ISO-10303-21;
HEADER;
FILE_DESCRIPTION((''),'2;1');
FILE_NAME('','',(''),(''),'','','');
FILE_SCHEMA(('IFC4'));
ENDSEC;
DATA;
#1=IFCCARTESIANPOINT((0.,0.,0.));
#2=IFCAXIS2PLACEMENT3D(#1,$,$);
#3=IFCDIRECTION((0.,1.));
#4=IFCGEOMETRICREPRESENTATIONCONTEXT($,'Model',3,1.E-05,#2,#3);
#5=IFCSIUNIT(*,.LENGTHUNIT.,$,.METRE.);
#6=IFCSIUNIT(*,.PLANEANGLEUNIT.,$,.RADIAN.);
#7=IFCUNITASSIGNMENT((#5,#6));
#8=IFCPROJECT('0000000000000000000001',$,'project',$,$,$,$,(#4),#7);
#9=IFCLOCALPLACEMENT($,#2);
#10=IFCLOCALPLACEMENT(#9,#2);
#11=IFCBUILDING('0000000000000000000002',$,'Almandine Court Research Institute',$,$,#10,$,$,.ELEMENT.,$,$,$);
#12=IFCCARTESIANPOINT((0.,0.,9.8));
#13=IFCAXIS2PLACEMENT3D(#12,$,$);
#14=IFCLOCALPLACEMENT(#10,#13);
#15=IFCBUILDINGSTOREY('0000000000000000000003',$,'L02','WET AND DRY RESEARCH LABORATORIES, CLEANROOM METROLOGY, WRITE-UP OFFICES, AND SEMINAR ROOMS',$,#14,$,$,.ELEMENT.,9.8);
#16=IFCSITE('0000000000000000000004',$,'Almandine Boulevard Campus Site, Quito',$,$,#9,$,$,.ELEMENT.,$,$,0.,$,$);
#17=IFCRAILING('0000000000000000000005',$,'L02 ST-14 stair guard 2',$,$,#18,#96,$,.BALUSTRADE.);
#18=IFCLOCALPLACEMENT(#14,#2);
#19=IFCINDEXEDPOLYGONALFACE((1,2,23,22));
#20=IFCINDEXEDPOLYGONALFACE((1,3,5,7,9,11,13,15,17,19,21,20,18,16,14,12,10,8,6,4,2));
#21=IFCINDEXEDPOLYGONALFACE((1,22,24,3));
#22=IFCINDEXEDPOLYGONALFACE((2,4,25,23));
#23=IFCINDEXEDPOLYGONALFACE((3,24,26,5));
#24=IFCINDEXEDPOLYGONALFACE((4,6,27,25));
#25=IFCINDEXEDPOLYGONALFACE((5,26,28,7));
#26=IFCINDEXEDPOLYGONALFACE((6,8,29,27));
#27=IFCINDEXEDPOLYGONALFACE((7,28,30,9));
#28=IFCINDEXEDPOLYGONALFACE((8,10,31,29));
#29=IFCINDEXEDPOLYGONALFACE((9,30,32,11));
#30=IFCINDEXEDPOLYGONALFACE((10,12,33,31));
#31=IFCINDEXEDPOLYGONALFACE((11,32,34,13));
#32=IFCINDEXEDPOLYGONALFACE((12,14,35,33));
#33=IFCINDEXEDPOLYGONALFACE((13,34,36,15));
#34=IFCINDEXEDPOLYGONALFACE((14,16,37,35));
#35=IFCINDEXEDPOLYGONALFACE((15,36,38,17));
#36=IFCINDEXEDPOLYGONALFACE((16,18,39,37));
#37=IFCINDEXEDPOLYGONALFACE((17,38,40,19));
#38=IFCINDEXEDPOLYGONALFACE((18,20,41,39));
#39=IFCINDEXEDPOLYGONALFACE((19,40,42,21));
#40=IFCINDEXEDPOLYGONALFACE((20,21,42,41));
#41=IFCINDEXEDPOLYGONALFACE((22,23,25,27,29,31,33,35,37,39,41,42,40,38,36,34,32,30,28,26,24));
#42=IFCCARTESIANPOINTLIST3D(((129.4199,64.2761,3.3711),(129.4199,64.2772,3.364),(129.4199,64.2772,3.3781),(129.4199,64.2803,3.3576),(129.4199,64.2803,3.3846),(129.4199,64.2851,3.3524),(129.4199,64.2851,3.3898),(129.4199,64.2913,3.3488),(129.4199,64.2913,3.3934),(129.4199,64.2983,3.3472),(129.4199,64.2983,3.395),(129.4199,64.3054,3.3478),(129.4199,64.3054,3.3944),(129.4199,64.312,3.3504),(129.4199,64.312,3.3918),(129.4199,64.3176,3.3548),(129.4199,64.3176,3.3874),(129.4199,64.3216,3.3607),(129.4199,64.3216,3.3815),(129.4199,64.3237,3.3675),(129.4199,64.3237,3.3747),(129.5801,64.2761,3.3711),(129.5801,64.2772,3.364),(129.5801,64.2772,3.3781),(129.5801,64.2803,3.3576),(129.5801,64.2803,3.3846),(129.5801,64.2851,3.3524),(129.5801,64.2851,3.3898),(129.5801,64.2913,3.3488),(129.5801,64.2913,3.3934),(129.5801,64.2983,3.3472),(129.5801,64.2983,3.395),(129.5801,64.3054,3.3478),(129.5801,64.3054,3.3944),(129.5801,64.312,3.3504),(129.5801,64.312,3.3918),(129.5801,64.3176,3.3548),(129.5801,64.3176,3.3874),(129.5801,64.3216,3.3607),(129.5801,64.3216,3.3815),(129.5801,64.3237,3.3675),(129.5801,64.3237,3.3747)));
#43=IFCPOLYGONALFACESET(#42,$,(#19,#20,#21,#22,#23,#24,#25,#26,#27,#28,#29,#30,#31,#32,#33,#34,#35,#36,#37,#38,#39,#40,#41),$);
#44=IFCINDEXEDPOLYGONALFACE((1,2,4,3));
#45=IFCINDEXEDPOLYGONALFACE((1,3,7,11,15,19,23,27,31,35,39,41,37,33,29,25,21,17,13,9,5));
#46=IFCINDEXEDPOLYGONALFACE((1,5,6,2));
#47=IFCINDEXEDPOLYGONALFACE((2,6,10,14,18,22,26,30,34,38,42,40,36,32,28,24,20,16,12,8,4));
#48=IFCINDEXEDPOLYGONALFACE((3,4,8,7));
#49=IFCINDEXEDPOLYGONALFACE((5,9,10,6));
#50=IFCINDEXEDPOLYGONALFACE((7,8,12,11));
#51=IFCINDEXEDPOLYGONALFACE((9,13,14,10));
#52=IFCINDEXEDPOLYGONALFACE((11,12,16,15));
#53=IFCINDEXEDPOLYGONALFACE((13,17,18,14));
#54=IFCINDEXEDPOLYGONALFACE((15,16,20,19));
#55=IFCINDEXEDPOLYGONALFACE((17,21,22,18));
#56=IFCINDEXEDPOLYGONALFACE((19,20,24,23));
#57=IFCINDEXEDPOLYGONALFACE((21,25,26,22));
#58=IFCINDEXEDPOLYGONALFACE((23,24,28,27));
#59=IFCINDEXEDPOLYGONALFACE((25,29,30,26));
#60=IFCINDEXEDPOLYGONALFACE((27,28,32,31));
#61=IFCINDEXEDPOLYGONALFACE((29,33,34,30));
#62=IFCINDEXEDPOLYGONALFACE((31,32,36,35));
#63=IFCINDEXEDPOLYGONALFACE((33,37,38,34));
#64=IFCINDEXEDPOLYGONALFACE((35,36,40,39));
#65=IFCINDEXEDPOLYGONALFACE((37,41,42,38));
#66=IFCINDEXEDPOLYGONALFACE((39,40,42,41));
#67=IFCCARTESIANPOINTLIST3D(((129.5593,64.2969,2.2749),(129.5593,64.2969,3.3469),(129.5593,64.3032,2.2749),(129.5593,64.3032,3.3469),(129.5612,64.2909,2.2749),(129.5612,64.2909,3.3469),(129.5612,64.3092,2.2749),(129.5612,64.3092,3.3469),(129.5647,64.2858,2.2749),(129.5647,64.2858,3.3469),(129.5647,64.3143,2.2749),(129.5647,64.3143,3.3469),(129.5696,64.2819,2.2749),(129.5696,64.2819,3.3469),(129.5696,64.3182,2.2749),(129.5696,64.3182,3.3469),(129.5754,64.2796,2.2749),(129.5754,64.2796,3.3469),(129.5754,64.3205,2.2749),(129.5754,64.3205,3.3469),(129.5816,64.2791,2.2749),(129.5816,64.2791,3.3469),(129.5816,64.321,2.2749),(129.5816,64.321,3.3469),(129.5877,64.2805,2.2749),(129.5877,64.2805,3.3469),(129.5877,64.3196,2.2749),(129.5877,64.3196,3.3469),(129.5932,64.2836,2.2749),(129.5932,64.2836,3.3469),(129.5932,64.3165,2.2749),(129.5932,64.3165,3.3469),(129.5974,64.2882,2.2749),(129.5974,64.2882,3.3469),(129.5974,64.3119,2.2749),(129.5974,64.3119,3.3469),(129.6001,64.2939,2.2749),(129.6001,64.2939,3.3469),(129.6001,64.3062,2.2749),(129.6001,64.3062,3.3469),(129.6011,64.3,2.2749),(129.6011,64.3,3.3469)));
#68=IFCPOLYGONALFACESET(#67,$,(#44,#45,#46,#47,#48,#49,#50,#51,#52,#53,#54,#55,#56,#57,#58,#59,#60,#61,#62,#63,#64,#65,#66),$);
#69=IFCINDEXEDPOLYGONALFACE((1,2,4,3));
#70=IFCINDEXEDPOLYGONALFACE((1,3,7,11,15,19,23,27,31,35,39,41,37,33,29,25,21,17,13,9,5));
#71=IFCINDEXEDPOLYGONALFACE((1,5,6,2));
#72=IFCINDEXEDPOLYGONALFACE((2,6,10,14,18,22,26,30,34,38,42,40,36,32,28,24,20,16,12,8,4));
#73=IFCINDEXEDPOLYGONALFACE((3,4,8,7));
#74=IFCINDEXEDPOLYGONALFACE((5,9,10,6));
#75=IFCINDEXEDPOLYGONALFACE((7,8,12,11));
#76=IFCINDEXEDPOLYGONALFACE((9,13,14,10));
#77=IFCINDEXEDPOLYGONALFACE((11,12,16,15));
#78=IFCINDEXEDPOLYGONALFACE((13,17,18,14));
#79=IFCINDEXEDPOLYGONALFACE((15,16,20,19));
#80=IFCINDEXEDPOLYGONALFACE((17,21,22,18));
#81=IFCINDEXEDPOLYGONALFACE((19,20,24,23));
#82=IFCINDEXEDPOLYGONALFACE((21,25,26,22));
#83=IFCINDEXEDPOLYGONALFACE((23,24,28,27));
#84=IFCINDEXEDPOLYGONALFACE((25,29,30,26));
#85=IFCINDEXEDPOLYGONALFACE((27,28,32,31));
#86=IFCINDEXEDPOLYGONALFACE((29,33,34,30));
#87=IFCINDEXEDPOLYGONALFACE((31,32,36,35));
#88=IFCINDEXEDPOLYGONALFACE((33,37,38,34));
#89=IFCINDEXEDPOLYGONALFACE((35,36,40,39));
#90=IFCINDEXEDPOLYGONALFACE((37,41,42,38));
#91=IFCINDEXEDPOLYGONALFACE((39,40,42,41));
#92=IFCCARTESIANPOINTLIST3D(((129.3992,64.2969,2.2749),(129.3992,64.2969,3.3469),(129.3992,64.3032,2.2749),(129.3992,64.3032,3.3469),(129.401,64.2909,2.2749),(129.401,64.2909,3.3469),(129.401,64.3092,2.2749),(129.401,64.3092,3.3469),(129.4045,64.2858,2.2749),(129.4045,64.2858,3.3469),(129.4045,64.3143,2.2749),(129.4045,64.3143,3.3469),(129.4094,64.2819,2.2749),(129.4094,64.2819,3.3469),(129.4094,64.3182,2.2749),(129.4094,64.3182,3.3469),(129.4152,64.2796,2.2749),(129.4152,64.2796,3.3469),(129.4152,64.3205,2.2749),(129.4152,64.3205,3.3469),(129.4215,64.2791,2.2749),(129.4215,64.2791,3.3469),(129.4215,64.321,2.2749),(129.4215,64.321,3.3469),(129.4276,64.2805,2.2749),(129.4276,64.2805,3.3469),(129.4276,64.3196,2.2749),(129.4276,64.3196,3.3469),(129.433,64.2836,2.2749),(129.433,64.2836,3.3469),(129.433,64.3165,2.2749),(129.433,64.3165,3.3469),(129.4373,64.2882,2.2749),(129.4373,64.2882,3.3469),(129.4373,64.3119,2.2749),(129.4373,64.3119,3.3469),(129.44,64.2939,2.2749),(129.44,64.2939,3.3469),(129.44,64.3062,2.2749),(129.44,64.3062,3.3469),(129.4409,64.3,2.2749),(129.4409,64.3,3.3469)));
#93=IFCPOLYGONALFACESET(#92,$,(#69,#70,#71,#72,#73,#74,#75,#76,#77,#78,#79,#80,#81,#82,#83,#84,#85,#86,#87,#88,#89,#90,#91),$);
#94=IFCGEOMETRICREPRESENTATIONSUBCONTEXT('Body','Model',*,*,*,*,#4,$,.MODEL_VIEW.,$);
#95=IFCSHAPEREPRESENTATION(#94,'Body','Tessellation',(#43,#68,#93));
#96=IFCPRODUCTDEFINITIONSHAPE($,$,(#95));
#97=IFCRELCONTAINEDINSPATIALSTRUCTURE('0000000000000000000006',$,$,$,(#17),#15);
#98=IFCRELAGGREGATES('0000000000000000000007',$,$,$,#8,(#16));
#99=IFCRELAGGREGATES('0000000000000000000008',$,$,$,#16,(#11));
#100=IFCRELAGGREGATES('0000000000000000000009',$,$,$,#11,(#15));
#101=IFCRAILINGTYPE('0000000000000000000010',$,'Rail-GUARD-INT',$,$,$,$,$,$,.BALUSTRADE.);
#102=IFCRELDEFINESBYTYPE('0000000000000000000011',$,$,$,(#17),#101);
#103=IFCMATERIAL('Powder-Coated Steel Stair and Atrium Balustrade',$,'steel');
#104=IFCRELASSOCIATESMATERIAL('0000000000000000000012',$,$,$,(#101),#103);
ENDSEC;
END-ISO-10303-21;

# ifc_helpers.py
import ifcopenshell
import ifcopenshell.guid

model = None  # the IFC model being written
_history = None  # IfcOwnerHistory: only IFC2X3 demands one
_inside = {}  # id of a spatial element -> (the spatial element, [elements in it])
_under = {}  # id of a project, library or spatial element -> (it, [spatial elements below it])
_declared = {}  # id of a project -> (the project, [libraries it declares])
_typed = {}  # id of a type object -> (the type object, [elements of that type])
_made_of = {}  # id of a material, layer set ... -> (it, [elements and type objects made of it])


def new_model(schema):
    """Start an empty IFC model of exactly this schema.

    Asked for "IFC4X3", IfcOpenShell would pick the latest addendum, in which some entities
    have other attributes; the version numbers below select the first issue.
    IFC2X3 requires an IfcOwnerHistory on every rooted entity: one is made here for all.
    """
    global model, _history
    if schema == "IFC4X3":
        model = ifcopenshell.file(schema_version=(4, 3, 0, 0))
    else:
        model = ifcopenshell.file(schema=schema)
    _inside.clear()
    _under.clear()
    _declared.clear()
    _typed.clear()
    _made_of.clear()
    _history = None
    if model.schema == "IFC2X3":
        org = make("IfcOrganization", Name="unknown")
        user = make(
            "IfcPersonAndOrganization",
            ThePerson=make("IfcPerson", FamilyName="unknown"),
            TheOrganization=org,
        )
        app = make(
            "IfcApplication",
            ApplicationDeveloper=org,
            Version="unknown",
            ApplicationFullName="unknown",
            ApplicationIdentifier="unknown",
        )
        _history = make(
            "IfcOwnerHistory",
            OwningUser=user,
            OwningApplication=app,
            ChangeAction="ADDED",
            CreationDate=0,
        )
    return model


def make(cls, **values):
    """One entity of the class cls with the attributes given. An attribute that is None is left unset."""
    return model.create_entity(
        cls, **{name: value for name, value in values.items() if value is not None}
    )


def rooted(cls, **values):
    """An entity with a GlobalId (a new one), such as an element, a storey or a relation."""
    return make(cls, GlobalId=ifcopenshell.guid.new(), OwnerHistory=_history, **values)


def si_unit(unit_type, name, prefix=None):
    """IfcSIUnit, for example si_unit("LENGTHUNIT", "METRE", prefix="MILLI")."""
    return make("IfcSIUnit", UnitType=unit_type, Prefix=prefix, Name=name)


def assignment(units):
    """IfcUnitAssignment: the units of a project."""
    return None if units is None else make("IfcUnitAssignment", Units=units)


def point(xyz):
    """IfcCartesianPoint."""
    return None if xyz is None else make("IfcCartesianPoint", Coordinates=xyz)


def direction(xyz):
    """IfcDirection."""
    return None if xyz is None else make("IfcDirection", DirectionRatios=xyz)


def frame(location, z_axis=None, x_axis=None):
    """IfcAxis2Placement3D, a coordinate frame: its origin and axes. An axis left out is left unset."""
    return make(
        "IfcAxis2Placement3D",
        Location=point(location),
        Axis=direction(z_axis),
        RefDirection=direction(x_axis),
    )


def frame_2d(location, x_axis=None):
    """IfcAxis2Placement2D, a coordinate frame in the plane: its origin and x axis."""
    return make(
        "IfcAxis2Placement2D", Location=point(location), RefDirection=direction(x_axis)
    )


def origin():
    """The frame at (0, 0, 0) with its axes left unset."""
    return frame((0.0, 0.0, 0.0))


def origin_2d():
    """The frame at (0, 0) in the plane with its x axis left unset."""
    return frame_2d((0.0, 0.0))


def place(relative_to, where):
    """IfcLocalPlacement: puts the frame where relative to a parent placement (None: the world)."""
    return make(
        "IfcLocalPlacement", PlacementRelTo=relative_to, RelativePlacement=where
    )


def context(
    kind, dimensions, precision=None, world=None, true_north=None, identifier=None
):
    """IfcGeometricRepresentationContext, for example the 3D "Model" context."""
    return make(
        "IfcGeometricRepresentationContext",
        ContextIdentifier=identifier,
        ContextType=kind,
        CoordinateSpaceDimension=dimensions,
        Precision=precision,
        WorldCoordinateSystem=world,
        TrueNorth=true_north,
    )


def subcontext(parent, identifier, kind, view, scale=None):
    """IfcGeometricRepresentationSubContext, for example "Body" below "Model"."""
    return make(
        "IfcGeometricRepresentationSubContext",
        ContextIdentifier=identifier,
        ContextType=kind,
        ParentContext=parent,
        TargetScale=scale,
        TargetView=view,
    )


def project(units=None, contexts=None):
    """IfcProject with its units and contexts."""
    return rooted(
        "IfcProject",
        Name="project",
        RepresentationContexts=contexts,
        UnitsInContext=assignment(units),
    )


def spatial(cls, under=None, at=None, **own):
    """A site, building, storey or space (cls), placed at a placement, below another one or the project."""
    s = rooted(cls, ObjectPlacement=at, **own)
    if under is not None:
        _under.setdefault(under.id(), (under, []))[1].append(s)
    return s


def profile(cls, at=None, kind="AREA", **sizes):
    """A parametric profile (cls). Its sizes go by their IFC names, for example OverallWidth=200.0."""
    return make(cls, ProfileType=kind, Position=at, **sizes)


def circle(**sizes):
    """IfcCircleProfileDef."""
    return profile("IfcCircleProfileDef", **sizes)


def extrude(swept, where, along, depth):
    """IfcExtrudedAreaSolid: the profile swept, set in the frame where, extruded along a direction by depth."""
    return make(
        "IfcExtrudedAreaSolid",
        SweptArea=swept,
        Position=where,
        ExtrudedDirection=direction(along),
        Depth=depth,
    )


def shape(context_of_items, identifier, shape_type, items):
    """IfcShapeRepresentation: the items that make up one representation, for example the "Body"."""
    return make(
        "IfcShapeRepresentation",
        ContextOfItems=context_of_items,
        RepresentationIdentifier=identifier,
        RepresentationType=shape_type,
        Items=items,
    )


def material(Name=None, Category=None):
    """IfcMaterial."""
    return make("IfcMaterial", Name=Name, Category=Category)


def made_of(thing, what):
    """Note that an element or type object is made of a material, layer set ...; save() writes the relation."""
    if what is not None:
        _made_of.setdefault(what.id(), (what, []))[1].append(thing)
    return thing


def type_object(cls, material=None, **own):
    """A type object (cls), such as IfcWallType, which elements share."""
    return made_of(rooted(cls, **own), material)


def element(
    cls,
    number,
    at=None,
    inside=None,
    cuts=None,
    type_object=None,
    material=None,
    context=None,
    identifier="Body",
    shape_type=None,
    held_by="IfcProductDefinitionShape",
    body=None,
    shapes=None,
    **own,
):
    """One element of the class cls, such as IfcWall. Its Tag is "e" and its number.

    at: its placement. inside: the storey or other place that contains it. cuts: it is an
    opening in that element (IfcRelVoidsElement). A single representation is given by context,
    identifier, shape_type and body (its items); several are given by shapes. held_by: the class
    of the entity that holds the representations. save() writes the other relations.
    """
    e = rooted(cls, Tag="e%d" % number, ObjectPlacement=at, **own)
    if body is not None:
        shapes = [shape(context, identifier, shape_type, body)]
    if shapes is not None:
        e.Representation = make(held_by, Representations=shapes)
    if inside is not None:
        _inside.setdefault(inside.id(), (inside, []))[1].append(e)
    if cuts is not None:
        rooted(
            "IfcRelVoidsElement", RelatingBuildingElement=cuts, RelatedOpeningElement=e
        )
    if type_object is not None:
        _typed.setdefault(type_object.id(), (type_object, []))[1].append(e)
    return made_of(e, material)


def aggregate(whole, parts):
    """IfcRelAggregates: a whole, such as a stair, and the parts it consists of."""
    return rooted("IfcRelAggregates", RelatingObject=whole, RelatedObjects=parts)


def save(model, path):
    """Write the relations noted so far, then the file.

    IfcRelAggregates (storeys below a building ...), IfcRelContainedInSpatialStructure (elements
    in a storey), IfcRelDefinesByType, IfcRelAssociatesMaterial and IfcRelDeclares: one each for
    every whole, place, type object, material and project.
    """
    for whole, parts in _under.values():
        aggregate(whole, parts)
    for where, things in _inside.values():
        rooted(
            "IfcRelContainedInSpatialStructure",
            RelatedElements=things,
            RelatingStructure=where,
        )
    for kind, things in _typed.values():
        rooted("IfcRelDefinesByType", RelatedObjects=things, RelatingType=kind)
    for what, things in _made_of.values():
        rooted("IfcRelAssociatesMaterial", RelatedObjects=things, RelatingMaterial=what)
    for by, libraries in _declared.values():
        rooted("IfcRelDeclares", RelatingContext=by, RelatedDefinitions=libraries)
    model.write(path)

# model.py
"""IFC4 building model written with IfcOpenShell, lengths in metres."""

from ifc_helpers import new_model, si_unit, direction, frame, origin, origin_2d, place, context, subcontext, project, spatial, circle, extrude, material, type_object, element, save


model = new_model("IFC4")

# Units and contexts
model_context = context("Model", 3, precision=1e-05, world=origin(), true_north=direction((0.0, 1.0)))
body_context = subcontext(model_context, "Body", "Model", "MODEL_VIEW")
ifc_project = project(units=[si_unit("LENGTHUNIT", "METRE"), si_unit("PLANEANGLEUNIT", "RADIAN")], contexts=[model_context])

# Site, building, storey
site_placement = place(None, origin())
site = spatial("IfcSite", under=ifc_project, at=site_placement, Name="Almandine Boulevard Campus Site, Quito", CompositionType="ELEMENT", RefElevation=0.0)
building_placement = place(site_placement, origin())
building = spatial("IfcBuilding", under=site, at=building_placement, Name="Almandine Court Research Institute", CompositionType="ELEMENT")
storey_placement = place(building_placement, frame((0.0, 0.0, 9.8)))
storey = spatial("IfcBuildingStorey", under=building, at=storey_placement, Name="L02", Description="WET AND DRY RESEARCH LABORATORIES, CLEANROOM METROLOGY, WRITE-UP OFFICES, AND SEMINAR ROOMS", CompositionType="ELEMENT", Elevation=9.8)

# Railing
ifc_material_1 = material(Name="Powder-Coated Steel Stair and Atrium Balustrade", Category="steel")
railing_type_1 = type_object("IfcRailingType", Name="Rail-GUARD-INT", PredefinedType="BALUSTRADE", material=ifc_material_1)
railing_1_placement = place(storey_placement, frame((129.5801, 64.3, 2.2749)))
element("IfcRailing", 1, at=railing_1_placement, inside=storey, type_object=railing_type_1, Name="L02 ST-14 stair guard 2", PredefinedType="BALUSTRADE", context=body_context, shape_type="SweptSolid", body=[
    extrude(circle(Radius=0.0239, at=origin_2d()), frame((0.0, 0.0, 1.0962), z_axis=(-1.0, 0.0, 0.0), x_axis=(0.0, -1.0, 0.0)), (0.0, 0.0, 1.0), 0.1602),
    extrude(circle(Radius=0.021, at=origin_2d()), origin(), (0.0, 0.0, 1.0), 1.072),
    extrude(circle(Radius=0.021, at=origin_2d()), frame((-0.1602, 0.0, 0.0)), (0.0, 0.0, 1.0), 1.072),
])

save(model, "model.ifc")
